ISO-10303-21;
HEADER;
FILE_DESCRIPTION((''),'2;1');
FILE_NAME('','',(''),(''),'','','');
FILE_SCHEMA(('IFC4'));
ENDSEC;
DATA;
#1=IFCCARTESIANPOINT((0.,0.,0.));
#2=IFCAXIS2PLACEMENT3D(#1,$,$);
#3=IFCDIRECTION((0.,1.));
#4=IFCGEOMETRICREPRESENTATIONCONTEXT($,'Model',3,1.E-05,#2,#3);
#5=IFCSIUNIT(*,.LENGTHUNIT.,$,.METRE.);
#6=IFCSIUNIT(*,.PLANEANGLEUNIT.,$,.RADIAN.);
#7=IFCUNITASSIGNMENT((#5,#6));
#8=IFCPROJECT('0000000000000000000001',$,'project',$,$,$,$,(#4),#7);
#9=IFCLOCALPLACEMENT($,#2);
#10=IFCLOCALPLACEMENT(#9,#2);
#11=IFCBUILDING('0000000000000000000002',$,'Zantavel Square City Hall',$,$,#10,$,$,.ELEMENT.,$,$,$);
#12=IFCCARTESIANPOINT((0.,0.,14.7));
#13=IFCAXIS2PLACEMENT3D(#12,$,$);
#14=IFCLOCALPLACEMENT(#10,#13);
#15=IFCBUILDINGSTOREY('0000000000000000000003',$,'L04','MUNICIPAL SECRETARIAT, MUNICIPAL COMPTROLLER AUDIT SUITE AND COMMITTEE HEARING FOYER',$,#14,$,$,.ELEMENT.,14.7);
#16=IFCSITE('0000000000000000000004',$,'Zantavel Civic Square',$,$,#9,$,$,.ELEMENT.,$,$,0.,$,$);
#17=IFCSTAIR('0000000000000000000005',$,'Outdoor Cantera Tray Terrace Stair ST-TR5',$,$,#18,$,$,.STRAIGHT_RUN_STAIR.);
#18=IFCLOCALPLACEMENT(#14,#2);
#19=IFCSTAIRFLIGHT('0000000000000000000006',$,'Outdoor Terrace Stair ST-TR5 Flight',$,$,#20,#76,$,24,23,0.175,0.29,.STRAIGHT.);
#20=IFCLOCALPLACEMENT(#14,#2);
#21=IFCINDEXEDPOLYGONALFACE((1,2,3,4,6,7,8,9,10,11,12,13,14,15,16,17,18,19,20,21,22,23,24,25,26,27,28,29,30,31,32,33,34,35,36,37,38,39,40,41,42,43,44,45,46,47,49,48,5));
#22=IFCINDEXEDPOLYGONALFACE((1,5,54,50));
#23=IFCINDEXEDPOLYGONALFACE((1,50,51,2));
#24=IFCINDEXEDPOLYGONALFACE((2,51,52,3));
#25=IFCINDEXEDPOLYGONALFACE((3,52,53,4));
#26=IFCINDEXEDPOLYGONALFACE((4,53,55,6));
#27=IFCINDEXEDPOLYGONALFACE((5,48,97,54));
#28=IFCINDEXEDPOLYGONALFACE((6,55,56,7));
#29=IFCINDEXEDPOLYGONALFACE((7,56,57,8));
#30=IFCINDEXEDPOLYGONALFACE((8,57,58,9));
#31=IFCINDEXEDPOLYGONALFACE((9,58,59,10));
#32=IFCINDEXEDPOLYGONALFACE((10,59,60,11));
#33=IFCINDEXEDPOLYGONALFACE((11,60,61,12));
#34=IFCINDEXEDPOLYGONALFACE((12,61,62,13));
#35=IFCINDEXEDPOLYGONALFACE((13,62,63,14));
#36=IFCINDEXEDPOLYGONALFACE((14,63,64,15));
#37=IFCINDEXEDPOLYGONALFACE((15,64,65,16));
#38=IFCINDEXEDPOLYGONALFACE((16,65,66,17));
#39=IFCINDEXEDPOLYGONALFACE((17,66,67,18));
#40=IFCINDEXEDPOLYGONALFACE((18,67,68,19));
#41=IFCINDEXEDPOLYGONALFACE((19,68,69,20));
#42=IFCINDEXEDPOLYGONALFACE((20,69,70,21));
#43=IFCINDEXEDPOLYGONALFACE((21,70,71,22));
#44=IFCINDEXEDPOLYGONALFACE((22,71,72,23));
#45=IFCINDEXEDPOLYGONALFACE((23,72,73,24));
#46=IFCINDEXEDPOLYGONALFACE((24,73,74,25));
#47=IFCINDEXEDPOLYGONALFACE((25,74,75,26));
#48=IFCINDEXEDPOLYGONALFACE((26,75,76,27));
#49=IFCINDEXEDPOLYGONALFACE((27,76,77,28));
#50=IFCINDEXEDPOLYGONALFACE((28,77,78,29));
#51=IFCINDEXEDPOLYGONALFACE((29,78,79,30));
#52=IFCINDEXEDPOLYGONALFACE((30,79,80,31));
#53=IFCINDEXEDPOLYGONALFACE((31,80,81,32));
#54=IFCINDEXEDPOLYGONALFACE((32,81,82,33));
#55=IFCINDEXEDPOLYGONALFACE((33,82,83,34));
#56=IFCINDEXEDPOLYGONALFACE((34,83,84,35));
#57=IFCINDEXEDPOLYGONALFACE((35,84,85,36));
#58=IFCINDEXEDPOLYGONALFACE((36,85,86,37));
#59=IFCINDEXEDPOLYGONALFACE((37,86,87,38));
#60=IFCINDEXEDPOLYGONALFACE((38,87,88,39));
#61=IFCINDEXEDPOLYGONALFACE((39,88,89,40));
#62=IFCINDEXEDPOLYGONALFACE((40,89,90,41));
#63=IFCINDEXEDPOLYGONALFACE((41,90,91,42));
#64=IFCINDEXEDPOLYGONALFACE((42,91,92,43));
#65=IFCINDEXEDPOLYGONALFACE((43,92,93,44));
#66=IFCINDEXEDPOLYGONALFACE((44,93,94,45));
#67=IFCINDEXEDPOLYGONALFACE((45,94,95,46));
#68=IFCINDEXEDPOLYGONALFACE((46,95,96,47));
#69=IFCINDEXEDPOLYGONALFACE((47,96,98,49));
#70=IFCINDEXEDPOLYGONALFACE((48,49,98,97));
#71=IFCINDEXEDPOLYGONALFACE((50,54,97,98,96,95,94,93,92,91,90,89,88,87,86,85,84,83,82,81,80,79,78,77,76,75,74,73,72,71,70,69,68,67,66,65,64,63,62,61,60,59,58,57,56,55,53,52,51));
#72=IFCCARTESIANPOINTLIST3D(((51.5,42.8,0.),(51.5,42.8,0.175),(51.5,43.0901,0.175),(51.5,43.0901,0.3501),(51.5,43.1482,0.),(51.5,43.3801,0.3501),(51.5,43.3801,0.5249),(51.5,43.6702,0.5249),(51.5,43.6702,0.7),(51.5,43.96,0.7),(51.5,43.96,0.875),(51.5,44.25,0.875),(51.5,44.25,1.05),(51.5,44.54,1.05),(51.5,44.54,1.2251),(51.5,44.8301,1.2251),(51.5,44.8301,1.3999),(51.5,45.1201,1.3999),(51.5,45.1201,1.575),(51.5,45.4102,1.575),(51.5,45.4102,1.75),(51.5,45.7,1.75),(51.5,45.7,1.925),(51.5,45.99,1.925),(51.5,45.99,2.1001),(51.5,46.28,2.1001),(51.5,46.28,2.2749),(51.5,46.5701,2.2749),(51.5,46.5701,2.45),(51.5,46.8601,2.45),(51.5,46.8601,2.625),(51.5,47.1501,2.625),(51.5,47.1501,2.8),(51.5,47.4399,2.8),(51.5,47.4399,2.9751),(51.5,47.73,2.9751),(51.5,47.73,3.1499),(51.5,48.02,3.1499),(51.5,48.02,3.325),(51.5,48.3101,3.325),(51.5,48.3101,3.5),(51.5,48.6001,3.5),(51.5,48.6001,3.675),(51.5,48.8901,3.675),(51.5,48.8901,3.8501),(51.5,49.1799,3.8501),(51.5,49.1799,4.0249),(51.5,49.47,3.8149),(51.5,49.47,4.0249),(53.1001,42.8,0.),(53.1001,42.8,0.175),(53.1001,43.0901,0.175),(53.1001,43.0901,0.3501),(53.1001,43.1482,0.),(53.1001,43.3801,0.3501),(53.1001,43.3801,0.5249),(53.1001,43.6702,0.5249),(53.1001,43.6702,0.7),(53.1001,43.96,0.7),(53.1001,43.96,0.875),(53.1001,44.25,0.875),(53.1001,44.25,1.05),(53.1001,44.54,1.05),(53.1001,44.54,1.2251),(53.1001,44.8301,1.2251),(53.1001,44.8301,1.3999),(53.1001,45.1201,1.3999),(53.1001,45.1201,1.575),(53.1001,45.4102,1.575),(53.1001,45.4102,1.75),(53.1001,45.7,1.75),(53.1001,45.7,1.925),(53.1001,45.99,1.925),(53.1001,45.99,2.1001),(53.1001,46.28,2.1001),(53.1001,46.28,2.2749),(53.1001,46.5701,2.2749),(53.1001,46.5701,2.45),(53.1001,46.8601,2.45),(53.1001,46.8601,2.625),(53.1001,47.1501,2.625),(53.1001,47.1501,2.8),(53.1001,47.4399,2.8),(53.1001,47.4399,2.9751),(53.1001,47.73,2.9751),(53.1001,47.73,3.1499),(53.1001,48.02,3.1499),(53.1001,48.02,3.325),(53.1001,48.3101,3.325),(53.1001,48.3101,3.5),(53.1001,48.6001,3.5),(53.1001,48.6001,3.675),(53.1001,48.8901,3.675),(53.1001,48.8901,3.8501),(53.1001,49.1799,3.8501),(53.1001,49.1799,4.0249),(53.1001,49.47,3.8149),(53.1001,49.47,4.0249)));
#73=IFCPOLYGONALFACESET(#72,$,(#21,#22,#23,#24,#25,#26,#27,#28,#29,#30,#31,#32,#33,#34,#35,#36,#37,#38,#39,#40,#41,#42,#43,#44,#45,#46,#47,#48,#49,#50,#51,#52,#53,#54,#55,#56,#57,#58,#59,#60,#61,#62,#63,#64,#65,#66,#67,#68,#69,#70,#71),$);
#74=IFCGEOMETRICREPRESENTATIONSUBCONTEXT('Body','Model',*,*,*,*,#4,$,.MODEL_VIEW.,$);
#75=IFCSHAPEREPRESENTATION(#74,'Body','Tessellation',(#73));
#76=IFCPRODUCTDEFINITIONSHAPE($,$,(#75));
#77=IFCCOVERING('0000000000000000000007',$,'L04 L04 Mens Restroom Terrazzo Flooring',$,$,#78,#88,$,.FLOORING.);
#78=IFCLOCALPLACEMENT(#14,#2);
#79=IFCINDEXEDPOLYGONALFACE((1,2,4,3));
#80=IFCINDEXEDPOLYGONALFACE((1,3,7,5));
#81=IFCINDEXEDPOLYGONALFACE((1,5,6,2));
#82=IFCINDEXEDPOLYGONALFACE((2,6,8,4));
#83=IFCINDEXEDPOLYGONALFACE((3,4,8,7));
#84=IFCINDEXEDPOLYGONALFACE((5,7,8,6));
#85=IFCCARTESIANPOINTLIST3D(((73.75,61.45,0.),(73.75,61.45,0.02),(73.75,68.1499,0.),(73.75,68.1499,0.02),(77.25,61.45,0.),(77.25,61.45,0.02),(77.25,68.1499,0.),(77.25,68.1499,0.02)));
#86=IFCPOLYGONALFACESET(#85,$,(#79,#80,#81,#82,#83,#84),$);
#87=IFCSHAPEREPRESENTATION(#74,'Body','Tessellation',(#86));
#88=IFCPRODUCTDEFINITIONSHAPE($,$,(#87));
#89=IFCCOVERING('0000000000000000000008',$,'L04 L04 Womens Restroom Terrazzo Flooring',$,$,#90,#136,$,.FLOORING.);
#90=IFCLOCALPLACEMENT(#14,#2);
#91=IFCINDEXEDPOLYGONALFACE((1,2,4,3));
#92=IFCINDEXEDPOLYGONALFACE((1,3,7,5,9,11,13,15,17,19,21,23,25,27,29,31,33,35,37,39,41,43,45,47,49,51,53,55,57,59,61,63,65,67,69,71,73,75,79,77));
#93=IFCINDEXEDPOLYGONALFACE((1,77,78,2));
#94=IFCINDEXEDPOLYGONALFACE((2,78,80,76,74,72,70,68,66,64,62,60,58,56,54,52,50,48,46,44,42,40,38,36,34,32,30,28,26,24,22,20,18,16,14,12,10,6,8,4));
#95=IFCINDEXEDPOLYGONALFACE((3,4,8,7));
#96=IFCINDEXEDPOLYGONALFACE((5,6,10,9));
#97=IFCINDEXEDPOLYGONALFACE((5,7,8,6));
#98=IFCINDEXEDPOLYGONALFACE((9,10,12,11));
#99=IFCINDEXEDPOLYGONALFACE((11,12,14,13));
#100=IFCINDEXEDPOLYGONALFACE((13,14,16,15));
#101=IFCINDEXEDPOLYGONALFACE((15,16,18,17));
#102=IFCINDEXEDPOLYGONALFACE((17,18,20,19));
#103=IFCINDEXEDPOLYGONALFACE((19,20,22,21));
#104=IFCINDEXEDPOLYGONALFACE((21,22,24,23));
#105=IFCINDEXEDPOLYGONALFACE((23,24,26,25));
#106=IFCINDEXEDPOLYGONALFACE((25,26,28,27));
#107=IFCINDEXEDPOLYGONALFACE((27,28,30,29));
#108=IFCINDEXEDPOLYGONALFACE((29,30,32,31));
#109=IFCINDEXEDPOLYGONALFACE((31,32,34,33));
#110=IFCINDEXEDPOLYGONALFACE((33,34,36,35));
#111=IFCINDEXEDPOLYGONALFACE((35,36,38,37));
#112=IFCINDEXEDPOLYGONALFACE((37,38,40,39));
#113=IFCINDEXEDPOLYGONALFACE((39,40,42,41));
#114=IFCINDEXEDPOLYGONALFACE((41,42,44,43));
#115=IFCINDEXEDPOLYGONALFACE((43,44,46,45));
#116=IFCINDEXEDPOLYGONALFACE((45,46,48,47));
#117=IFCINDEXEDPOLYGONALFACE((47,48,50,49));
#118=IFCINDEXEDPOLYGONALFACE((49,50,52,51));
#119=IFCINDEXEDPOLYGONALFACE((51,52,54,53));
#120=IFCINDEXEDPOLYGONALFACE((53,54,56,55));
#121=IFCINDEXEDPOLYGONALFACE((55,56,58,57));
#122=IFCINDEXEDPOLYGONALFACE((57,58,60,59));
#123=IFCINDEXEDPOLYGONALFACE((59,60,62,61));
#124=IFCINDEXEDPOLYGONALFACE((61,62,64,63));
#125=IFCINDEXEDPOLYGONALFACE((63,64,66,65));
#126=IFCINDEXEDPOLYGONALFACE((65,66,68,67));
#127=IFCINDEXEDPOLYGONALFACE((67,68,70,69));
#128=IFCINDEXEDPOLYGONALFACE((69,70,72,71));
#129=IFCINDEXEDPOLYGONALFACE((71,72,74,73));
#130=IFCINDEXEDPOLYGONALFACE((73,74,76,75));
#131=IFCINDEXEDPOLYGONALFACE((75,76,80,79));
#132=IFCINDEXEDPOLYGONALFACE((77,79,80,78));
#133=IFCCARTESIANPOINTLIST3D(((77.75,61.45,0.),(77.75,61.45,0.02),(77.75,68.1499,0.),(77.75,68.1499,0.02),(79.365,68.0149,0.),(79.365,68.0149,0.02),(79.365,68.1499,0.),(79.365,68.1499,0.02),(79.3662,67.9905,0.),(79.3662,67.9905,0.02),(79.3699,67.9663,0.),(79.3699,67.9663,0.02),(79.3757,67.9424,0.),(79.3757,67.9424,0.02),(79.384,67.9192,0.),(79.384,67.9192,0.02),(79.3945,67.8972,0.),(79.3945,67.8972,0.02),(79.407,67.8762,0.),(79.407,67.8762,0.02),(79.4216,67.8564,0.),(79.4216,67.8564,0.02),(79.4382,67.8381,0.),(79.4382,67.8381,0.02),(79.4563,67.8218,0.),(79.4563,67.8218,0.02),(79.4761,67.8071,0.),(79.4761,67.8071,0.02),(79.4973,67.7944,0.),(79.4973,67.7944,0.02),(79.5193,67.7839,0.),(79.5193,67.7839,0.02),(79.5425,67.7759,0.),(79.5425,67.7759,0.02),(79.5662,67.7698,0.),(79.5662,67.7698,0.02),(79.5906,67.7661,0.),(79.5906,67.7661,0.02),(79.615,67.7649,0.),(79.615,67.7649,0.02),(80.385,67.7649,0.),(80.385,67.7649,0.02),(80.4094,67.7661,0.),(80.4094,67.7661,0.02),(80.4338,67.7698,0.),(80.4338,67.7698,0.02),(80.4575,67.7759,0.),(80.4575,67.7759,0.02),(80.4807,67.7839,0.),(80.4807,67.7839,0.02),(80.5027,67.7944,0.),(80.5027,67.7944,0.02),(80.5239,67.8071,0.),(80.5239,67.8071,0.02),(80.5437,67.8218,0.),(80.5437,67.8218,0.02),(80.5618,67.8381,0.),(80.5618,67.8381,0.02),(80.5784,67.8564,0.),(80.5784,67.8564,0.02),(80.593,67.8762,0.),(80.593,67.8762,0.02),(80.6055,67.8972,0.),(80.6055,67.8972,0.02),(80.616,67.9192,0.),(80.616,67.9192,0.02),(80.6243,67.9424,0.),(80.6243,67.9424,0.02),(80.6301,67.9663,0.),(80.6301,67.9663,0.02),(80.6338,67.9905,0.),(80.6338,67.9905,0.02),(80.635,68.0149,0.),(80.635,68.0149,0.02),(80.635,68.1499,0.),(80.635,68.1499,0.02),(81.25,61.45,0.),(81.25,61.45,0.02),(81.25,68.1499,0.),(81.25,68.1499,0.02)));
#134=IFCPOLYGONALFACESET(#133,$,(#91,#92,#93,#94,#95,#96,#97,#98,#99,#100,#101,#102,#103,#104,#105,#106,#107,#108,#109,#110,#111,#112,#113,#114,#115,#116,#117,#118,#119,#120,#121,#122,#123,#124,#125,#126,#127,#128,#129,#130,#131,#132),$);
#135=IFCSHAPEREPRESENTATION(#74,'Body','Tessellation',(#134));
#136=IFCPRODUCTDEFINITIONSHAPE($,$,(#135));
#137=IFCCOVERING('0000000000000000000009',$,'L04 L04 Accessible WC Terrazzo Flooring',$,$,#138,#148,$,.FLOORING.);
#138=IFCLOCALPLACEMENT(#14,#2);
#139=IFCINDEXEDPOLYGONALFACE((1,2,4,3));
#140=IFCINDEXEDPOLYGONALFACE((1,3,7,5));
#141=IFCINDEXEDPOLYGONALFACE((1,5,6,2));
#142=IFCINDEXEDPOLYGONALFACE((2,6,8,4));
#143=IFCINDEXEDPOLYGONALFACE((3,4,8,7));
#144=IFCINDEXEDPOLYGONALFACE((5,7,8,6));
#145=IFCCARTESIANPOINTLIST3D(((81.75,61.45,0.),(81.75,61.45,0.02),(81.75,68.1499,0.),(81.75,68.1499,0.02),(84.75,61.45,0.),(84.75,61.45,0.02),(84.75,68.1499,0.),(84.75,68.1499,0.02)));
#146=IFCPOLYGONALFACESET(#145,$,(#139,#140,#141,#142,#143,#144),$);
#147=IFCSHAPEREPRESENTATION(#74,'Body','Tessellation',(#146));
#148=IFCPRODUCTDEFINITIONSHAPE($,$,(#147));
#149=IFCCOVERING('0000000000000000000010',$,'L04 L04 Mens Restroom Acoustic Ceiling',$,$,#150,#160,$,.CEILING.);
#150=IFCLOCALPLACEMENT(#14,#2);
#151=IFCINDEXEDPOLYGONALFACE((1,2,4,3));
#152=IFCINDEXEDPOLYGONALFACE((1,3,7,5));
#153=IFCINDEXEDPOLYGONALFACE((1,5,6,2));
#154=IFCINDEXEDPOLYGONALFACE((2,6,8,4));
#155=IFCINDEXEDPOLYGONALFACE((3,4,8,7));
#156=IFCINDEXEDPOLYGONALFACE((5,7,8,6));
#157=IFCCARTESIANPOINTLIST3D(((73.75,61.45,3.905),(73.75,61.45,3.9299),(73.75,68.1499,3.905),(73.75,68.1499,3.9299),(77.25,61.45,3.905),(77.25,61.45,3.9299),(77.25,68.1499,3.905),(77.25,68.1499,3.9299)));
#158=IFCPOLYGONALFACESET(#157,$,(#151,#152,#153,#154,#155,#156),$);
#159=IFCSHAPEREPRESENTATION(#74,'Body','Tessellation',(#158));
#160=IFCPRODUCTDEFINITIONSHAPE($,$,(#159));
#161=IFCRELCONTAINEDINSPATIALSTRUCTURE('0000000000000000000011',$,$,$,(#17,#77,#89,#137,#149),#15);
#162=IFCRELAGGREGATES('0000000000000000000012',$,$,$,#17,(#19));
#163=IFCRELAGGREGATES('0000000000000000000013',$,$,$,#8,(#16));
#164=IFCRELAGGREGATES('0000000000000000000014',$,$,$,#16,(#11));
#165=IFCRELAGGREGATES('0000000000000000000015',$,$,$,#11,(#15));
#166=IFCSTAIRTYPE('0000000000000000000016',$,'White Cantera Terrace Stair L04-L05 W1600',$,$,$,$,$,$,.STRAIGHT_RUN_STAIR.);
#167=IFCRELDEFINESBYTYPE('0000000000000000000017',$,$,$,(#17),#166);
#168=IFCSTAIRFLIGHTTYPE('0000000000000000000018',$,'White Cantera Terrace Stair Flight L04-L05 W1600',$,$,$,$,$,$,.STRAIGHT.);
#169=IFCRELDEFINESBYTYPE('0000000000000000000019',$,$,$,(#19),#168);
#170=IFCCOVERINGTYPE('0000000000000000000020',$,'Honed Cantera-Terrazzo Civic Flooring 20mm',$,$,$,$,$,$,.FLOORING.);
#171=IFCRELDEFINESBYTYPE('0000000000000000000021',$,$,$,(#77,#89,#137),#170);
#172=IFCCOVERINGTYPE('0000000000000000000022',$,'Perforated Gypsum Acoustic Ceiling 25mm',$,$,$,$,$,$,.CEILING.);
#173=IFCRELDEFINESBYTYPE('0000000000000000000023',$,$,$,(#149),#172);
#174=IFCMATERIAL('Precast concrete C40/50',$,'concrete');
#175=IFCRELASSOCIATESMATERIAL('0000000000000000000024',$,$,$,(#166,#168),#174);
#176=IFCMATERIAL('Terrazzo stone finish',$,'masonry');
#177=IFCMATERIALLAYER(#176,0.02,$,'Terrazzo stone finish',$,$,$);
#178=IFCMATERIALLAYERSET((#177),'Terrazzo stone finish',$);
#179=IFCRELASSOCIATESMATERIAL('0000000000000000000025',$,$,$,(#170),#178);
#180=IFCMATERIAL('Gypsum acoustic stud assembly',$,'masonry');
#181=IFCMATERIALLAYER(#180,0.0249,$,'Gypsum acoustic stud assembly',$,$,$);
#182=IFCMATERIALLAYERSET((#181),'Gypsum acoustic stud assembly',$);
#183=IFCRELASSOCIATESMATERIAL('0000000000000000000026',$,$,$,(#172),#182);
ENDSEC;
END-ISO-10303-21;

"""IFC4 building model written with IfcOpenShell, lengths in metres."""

from ifc_helpers import new_model, si_unit, direction, frame, origin, place, context, subcontext, project, spatial, polyline, outline, extrude, material, layer, layer_set, type_object, element, aggregate, save


model = new_model("IFC4")

# Units and contexts
model_context = context("Model", 3, precision=1e-05, world=origin(), true_north=direction((0.0, 1.0)))
body_context = subcontext(model_context, "Body", "Model", "MODEL_VIEW")
ifc_project = project(units=[si_unit("LENGTHUNIT", "METRE"), si_unit("PLANEANGLEUNIT", "RADIAN")], contexts=[model_context])

# Site, building, storey
site_placement = place(None, origin())
site = spatial("IfcSite", under=ifc_project, at=site_placement, Name="Zantavel Civic Square", CompositionType="ELEMENT", RefElevation=0.0)
building_placement = place(site_placement, origin())
building = spatial("IfcBuilding", under=site, at=building_placement, Name="Zantavel Square City Hall", CompositionType="ELEMENT")
storey_placement = place(building_placement, frame((0.0, 0.0, 14.7)))
storey = spatial("IfcBuildingStorey", under=building, at=storey_placement, Name="L04", Description="MUNICIPAL SECRETARIAT, MUNICIPAL COMPTROLLER AUDIT SUITE AND COMMITTEE HEARING FOYER", CompositionType="ELEMENT", Elevation=14.7)

# Stair, stair flight
ifc_material_1 = material(Name="Precast concrete C40/50", Category="concrete")
stair_type_1 = type_object("IfcStairType", Name="White Cantera Terrace Stair L04-L05 W1600", PredefinedType="STRAIGHT_RUN_STAIR", material=ifc_material_1)
stair_1_placement = place(storey_placement, origin())
stair_1 = element("IfcStair", 1, at=stair_1_placement, inside=storey, type_object=stair_type_1, Name="Outdoor Cantera Tray Terrace Stair ST-TR5", PredefinedType="STRAIGHT_RUN_STAIR")
stair_flight_type = type_object("IfcStairFlightType", Name="White Cantera Terrace Stair Flight L04-L05 W1600", PredefinedType="STRAIGHT", material=ifc_material_1)
stair_flight_placement = place(storey_placement, frame((52.3, 42.8, 0.0), z_axis=(0.0, 0.0, 1.0), x_axis=(0.0, 1.0, 0.0)))
stair_flight = element("IfcStairFlight", 2, at=stair_flight_placement, type_object=stair_flight_type, Name="Outdoor Terrace Stair ST-TR5 Flight", NumberOfRisers=24, NumberOfTreads=23, PredefinedType="STRAIGHT", RiserHeight=0.175, TreadLength=0.29, context=body_context, shape_type="SweptSolid", body=[
    extrude(outline(polyline([(0.0, 0.0), (0.0, 0.175), (0.29, 0.175), (0.29, 0.3501), (0.5801, 0.3501), (0.5801, 0.5249), (0.8701, 0.5249), (0.8701, 0.7), (1.1599, 0.7), (1.1599, 0.875), (1.45, 0.875), (1.45, 1.05), (1.74, 1.05), (1.74, 1.2251), (2.03, 1.2251), (2.03, 1.3999), (2.3201, 1.3999), (2.3201, 1.575), (2.6101, 1.575), (2.6101, 1.75), (2.8999, 1.75), (2.8999, 1.925), (3.1899, 1.925), (3.1899, 2.1001), (3.48, 2.1001), (3.48, 2.2749), (3.77, 2.2749), (3.77, 2.45), (4.0601, 2.45), (4.0601, 2.625), (4.3501, 2.625), (4.3501, 2.8), (4.6399, 2.8), (4.6399, 2.9751), (4.9299, 2.9751), (4.9299, 3.1499), (5.22, 3.1499), (5.22, 3.325), (5.51, 3.325), (5.51, 3.5), (5.8, 3.5), (5.8, 3.675), (6.0901, 3.675), (6.0901, 3.8501), (6.3799, 3.8501), (6.3799, 4.0249), (6.6699, 4.0249), (6.6699, 4.2), (6.6699, 3.8149), (0.3481, 0.0), (0.0, 0.0)])), frame((0.0, 0.8, 0.0), z_axis=(0.0, -1.0, 0.0), x_axis=(1.0, 0.0, 0.0)), (0.0, 0.0, 1.0), 1.6001),
])
aggregate(stair_1, [stair_flight])

# Coverings
ifc_material_2 = material(Name="Terrazzo stone finish", Category="masonry")
ifc_layer_1 = layer(ifc_material_2, 0.02, Name="Terrazzo stone finish")
ifc_layer_set_1 = layer_set([ifc_layer_1], Name="Terrazzo stone finish")
covering_type_1 = type_object("IfcCoveringType", Name="Honed Cantera-Terrazzo Civic Flooring 20mm", PredefinedType="FLOORING", material=ifc_layer_set_1)
covering_1_placement = place(storey_placement, origin())
element("IfcCovering", 3, at=covering_1_placement, inside=storey, type_object=covering_type_1, Name="L04 L04 Mens Restroom Terrazzo Flooring", PredefinedType="FLOORING", context=body_context, shape_type="SweptSolid", body=[
    extrude(outline(polyline([(73.75, 61.45), (73.75, 68.1499), (77.25, 68.1499), (77.25, 61.45), (73.75, 61.45)])), origin(), (0.0, 0.0, 1.0), 0.02),
])
covering_2_placement = place(storey_placement, origin())
element("IfcCovering", 4, at=covering_2_placement, inside=storey, type_object=covering_type_1, Name="L04 L04 Womens Restroom Terrazzo Flooring", PredefinedType="FLOORING", context=body_context, shape_type="SweptSolid", body=[
    extrude(outline(polyline([(79.3662, 67.9905), (79.3699, 67.9663), (79.3757, 67.9424), (79.384, 67.9192), (79.3945, 67.8972), (79.407, 67.8762), (79.4216, 67.8564), (79.4382, 67.8381), (79.4563, 67.8218), (79.4761, 67.8071), (79.4973, 67.7944), (79.5193, 67.7839), (79.5425, 67.7759), (79.5662, 67.7698), (79.5906, 67.7661), (79.615, 67.7649), (80.385, 67.7649), (80.4094, 67.7661), (80.4338, 67.7698), (80.4575, 67.7759), (80.4807, 67.7839), (80.5027, 67.7944), (80.5239, 67.8071), (80.5437, 67.8218), (80.5618, 67.8381), (80.5784, 67.8564), (80.593, 67.8762), (80.6055, 67.8972), (80.616, 67.9192), (80.6243, 67.9424), (80.6301, 67.9663), (80.6338, 67.9905), (80.635, 68.0149), (80.635, 68.1499), (81.25, 68.1499), (81.25, 61.45), (77.75, 61.45), (77.75, 68.1499), (79.365, 68.1499), (79.365, 68.0149), (79.3662, 67.9905)])), origin(), (0.0, 0.0, 1.0), 0.02),
])
covering_3_placement = place(storey_placement, origin())
element("IfcCovering", 5, at=covering_3_placement, inside=storey, type_object=covering_type_1, Name="L04 L04 Accessible WC Terrazzo Flooring", PredefinedType="FLOORING", context=body_context, shape_type="SweptSolid", body=[
    extrude(outline(polyline([(81.75, 61.45), (81.75, 68.1499), (84.75, 68.1499), (84.75, 61.45), (81.75, 61.45)])), origin(), (0.0, 0.0, 1.0), 0.02),
])
ifc_material_3 = material(Name="Gypsum acoustic stud assembly", Category="masonry")
ifc_layer_2 = layer(ifc_material_3, 0.0249, Name="Gypsum acoustic stud assembly")
ifc_layer_set_2 = layer_set([ifc_layer_2], Name="Gypsum acoustic stud assembly")
covering_type_2 = type_object("IfcCoveringType", Name="Perforated Gypsum Acoustic Ceiling 25mm", PredefinedType="CEILING", material=ifc_layer_set_2)
covering_4_placement = place(storey_placement, frame((0.0, 0.0, 3.905)))
element("IfcCovering", 6, at=covering_4_placement, inside=storey, type_object=covering_type_2, Name="L04 L04 Mens Restroom Acoustic Ceiling", PredefinedType="CEILING", context=body_context, shape_type="SweptSolid", body=[
    extrude(outline(polyline([(73.75, 61.45), (73.75, 68.1499), (77.25, 68.1499), (77.25, 61.45), (73.75, 61.45)])), origin(), (0.0, 0.0, 1.0), 0.0249),
])

save(model, "model.ifc")
